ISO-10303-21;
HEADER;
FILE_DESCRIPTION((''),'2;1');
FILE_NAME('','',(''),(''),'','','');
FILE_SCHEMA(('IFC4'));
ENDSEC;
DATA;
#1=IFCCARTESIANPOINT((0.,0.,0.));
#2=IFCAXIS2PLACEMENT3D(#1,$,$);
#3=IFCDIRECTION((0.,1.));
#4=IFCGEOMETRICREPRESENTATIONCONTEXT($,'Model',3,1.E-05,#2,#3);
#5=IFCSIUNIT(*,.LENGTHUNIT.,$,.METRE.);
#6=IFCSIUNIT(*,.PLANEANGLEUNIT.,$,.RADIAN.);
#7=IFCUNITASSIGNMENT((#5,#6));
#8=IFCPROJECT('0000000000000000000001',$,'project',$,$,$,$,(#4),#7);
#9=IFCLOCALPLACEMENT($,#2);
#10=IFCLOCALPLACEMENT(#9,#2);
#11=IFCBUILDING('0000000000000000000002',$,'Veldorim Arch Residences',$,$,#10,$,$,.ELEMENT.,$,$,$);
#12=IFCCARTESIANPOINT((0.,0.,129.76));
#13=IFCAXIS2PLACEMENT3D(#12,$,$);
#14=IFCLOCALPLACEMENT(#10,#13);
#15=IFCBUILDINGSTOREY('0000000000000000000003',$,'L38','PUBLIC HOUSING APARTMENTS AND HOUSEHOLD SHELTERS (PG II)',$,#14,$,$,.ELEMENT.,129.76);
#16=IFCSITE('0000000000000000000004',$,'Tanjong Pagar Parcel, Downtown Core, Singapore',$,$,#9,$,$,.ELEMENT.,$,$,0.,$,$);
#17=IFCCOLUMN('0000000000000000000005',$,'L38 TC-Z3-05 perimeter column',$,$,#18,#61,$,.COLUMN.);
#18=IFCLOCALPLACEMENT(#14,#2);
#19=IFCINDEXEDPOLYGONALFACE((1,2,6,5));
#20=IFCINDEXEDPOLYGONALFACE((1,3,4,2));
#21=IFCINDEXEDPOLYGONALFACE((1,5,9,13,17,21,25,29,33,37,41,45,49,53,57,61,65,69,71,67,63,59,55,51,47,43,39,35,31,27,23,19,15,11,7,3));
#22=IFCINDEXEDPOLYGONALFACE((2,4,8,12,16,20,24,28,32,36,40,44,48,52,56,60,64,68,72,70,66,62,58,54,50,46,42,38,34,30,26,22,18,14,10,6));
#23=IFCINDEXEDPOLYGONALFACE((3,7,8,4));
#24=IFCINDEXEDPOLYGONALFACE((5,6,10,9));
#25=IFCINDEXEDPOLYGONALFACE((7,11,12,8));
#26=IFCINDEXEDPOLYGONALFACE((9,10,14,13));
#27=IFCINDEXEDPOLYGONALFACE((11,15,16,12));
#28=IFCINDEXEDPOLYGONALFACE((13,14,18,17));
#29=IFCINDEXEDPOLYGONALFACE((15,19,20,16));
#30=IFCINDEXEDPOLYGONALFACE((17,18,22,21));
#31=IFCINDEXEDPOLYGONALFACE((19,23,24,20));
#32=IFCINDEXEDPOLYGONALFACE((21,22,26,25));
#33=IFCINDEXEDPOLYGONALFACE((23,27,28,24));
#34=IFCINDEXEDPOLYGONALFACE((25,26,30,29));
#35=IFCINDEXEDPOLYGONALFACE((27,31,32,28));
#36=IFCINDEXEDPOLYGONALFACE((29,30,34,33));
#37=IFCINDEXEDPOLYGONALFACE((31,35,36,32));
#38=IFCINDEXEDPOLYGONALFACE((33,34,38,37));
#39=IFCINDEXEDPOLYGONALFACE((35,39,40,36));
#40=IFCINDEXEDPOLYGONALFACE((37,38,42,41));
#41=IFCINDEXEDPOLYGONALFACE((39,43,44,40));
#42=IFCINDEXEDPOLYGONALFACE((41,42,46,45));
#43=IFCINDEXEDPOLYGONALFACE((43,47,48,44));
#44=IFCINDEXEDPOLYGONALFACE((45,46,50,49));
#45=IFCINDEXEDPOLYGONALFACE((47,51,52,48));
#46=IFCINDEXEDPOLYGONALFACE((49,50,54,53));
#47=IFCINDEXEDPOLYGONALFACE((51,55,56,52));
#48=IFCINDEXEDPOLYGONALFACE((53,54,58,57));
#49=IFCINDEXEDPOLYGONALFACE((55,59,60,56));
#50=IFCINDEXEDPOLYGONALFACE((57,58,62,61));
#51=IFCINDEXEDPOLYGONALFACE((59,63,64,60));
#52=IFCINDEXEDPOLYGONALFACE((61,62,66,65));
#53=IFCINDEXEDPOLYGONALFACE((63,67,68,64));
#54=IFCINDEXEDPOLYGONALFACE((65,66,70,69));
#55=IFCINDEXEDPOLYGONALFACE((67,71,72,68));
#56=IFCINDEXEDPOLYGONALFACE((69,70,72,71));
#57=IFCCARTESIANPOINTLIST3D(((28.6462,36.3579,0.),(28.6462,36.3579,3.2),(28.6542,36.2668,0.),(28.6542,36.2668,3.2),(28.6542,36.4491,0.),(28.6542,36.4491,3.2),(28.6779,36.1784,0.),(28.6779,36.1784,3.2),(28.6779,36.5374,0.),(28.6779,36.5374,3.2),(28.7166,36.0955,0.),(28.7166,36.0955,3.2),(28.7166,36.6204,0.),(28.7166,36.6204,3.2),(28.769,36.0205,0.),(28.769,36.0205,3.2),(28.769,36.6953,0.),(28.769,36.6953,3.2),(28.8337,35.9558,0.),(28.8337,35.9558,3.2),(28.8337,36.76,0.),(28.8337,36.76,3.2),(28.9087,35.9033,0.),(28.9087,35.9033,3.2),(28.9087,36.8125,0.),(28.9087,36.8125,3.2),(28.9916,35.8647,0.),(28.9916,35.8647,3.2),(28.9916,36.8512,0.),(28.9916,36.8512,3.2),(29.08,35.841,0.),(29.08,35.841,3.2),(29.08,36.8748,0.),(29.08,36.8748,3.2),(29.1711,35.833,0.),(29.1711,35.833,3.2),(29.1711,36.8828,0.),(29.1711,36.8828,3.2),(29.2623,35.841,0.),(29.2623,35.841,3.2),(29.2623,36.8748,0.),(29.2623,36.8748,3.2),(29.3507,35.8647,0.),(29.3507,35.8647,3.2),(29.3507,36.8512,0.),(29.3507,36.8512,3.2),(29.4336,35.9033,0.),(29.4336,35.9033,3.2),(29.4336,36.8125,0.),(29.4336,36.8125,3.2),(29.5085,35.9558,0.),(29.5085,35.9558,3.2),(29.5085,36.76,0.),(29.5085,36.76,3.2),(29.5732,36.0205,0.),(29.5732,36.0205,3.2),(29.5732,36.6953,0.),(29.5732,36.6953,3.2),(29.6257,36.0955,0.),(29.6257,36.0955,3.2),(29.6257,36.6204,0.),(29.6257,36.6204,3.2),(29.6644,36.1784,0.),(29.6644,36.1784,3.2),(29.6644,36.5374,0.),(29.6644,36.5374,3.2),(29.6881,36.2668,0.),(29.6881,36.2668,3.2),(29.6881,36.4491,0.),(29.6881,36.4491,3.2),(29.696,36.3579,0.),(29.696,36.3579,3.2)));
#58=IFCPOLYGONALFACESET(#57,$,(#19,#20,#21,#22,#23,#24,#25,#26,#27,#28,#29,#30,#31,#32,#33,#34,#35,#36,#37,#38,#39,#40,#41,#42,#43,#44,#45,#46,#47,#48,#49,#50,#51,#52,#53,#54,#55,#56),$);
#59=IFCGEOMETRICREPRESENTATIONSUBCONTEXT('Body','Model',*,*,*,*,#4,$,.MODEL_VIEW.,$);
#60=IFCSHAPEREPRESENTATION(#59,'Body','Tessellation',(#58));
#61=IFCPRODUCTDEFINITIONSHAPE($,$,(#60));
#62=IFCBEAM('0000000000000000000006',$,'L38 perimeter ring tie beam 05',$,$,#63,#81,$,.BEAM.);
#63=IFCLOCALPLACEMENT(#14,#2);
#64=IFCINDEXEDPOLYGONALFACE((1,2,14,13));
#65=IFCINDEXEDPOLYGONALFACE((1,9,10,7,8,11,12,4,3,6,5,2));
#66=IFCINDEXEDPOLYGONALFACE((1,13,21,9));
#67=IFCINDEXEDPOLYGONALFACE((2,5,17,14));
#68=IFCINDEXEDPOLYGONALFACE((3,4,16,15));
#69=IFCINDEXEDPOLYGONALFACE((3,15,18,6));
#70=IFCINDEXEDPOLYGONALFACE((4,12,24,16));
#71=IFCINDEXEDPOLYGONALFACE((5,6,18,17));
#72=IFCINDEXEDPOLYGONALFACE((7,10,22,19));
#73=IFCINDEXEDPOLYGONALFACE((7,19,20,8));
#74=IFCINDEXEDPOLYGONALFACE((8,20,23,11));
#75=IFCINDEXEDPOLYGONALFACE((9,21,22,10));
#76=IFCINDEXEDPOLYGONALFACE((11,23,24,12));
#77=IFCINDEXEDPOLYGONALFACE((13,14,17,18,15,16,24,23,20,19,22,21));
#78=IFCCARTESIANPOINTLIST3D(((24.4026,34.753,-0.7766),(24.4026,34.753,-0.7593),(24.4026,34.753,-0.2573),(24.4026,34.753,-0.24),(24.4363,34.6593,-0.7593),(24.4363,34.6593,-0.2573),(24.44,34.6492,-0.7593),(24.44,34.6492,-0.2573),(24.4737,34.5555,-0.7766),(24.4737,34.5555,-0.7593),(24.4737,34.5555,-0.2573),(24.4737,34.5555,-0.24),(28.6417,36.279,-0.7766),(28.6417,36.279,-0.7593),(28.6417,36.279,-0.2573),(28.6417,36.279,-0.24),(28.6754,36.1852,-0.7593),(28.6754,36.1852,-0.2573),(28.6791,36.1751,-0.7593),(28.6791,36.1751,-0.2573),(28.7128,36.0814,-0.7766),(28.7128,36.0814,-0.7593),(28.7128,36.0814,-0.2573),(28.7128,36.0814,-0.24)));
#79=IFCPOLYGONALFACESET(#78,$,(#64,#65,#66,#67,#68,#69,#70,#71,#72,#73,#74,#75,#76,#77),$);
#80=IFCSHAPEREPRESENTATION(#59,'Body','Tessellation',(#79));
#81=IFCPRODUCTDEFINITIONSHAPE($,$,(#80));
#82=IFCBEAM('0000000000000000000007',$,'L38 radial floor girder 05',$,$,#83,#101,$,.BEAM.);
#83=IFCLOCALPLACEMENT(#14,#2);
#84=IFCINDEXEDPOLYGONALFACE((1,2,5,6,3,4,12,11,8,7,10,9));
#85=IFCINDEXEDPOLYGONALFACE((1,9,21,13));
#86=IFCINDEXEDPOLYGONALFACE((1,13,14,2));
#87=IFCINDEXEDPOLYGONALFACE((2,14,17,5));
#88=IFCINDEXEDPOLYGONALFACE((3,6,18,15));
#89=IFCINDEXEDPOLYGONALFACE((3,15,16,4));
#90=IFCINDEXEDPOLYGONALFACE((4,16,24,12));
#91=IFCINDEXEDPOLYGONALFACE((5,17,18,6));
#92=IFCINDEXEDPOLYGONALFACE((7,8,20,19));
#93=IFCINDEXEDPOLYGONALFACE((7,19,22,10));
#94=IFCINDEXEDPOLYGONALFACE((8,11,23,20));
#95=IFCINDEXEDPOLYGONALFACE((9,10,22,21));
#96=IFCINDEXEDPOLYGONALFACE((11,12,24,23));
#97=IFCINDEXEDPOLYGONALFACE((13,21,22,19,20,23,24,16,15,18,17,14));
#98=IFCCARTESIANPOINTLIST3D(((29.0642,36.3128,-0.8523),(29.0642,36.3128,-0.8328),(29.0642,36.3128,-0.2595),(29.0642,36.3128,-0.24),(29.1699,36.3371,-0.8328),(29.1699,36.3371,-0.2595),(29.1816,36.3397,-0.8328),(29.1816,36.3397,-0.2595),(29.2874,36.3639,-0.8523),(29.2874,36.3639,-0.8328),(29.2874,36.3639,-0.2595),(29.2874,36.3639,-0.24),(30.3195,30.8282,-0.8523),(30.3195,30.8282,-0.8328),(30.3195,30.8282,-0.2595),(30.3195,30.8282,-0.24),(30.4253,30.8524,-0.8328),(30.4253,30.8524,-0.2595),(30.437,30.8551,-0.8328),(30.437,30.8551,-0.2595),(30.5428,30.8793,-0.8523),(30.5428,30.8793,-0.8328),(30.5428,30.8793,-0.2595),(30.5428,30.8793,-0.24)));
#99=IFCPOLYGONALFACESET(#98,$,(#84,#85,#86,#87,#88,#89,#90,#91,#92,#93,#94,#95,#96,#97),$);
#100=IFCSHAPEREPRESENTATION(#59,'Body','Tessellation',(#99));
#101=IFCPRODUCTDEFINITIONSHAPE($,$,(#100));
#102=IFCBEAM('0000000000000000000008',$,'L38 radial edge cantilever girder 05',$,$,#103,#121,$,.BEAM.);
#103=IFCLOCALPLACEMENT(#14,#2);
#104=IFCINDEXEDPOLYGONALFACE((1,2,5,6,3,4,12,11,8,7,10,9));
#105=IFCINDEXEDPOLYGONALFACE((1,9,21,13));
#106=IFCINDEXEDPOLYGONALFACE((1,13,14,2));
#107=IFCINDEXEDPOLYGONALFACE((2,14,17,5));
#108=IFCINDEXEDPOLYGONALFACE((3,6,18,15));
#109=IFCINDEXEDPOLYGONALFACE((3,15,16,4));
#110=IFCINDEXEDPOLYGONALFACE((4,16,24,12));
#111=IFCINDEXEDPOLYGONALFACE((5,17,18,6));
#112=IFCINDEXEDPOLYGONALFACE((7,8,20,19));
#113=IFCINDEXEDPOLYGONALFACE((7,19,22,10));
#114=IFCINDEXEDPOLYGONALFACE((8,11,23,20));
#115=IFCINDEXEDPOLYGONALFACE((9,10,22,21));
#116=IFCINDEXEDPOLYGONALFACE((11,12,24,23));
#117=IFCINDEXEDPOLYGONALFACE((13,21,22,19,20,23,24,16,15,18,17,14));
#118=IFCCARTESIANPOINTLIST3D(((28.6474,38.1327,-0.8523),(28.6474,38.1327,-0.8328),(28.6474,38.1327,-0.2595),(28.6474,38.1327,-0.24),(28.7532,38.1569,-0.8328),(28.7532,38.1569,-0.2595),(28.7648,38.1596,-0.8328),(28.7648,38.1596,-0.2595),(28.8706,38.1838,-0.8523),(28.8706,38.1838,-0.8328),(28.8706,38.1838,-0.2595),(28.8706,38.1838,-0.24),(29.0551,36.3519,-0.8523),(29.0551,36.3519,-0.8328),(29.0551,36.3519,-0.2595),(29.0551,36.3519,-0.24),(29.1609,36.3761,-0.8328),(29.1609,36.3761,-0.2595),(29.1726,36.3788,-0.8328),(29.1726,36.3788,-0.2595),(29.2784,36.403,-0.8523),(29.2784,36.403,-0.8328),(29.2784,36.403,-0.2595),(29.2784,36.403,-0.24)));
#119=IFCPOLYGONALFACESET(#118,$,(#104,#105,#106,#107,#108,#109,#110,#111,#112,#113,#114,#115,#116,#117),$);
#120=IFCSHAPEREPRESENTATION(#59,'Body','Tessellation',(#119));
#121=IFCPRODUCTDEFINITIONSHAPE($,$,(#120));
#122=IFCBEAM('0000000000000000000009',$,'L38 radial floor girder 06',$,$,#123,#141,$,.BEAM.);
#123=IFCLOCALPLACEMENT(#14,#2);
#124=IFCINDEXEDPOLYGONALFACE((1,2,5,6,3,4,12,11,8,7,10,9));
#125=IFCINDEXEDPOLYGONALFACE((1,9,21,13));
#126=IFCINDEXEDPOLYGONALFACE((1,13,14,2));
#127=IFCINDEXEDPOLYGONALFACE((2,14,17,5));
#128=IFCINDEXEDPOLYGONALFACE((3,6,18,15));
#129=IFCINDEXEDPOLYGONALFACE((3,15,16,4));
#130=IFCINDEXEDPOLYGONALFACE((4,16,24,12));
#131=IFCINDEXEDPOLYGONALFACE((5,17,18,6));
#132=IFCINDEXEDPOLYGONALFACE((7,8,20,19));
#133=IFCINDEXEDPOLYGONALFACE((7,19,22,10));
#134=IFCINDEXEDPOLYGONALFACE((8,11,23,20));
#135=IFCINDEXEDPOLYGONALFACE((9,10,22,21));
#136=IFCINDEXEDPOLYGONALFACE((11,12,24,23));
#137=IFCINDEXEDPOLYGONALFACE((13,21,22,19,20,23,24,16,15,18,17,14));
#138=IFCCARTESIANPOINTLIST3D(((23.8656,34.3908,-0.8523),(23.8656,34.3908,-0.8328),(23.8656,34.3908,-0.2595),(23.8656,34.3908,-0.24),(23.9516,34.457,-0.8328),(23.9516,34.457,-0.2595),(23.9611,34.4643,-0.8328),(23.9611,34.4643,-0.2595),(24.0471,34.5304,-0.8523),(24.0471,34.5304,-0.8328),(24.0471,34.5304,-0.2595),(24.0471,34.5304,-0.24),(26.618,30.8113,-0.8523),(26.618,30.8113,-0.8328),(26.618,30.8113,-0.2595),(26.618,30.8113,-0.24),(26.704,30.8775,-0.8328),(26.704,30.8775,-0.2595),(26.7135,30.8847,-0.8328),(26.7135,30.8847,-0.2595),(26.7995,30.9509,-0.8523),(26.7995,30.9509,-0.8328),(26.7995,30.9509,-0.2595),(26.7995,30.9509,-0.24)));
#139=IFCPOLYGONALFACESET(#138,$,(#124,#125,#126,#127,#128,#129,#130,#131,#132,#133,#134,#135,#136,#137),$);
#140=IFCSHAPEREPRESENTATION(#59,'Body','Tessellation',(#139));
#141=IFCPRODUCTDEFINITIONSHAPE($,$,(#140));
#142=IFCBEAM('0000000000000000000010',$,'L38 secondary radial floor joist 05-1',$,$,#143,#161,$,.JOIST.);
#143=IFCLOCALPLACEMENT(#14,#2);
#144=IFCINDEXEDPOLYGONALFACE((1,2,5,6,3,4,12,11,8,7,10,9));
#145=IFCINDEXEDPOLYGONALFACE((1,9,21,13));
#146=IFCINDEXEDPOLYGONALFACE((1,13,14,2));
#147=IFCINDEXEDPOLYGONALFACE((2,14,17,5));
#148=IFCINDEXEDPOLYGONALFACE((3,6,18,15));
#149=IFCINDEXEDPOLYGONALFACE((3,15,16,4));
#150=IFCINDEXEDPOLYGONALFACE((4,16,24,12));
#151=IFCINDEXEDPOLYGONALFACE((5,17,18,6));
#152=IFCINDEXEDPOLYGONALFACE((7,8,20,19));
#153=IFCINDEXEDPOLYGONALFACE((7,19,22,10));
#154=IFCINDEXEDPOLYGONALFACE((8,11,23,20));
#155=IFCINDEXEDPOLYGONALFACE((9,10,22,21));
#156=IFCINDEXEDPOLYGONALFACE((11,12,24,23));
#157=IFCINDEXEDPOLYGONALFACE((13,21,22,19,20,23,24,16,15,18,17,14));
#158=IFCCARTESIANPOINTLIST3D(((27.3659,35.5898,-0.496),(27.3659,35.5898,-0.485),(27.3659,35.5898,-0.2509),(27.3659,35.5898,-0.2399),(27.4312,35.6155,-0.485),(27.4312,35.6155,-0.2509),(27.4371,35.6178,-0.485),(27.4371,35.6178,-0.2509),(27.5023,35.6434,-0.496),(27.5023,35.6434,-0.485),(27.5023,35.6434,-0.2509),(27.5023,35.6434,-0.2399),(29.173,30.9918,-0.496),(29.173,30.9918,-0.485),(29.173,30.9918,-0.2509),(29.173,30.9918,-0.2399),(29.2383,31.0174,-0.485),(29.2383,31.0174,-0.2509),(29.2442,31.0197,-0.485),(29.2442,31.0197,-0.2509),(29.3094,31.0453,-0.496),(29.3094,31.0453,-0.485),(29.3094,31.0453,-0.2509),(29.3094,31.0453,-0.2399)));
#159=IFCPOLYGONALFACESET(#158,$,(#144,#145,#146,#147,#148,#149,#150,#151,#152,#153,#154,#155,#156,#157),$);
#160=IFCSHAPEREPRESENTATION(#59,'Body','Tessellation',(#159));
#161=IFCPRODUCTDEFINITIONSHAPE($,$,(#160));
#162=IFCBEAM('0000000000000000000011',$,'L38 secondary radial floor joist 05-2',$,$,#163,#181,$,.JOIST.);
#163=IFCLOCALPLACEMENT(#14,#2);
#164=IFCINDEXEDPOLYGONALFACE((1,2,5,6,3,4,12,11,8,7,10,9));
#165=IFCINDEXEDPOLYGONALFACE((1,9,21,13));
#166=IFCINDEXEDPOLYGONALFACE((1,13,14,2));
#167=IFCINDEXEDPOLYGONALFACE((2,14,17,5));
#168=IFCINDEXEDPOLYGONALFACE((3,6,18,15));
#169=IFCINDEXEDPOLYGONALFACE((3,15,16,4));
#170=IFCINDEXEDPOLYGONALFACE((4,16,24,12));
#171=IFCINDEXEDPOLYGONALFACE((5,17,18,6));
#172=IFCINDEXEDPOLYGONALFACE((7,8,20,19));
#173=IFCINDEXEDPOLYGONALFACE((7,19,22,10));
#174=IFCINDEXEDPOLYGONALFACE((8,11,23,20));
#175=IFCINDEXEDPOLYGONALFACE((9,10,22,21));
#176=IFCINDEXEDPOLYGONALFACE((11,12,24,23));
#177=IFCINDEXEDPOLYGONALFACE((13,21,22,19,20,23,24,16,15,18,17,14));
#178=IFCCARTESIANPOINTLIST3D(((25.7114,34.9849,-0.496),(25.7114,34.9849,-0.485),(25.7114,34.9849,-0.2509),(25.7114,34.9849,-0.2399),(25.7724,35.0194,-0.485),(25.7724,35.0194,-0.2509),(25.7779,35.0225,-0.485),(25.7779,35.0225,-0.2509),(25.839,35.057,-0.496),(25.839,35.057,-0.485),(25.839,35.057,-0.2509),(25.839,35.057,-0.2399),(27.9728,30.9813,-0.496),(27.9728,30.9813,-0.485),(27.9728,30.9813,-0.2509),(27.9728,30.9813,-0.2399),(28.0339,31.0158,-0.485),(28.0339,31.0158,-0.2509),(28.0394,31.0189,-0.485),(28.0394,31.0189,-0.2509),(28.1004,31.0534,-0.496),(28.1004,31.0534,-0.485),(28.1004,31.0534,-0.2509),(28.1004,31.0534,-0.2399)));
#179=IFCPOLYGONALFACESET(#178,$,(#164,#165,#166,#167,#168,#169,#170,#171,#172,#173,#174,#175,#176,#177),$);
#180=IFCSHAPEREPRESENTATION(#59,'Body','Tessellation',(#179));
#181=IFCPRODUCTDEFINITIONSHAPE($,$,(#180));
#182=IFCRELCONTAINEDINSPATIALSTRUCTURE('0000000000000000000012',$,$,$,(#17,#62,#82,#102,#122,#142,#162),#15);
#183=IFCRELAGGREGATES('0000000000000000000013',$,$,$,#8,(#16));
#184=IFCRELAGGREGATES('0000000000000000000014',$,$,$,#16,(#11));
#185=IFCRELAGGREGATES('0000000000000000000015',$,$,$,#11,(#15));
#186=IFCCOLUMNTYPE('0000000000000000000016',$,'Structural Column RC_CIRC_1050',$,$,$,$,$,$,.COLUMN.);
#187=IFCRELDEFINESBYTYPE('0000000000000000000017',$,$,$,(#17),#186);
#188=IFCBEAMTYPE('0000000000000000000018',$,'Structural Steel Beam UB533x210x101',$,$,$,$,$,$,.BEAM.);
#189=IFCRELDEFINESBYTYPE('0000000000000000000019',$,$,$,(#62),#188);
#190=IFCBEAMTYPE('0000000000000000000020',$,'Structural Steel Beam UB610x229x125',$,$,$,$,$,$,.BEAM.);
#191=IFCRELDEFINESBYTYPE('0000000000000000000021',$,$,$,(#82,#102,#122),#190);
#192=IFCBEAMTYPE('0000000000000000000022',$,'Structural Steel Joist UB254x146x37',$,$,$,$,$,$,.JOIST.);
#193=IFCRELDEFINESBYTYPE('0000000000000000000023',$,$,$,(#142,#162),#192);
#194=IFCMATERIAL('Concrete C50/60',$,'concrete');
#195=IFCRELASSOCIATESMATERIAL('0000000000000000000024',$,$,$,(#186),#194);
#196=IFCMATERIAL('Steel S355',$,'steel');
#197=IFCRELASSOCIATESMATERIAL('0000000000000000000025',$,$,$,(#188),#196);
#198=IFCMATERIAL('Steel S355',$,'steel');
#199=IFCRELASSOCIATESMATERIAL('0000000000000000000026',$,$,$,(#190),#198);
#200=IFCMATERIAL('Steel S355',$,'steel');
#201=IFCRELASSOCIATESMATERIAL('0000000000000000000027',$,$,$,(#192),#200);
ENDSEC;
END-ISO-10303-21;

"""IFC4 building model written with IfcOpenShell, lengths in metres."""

from ifc_helpers import new_model, si_unit, direction, frame, origin, origin_2d, place, context, subcontext, project, spatial, circle, i_section, extrude, material, material_profile, profile_set, type_object, element, save


model = new_model("IFC4")

# Units and contexts
model_context = context("Model", 3, precision=1e-05, world=origin(), true_north=direction((0.0, 1.0)))
body_context = subcontext(model_context, "Body", "Model", "MODEL_VIEW")
ifc_project = project(units=[si_unit("LENGTHUNIT", "METRE"), si_unit("PLANEANGLEUNIT", "RADIAN")], contexts=[model_context])

# Site, building, storey
site_placement = place(None, origin())
site = spatial("IfcSite", under=ifc_project, at=site_placement, Name="Tanjong Pagar Parcel, Downtown Core, Singapore", CompositionType="ELEMENT", RefElevation=0.0)
building_placement = place(site_placement, origin())
building = spatial("IfcBuilding", under=site, at=building_placement, Name="Veldorim Arch Residences", CompositionType="ELEMENT")
storey_placement = place(building_placement, frame((0.0, 0.0, 129.76)))
storey = spatial("IfcBuildingStorey", under=building, at=storey_placement, Name="L38", Description="PUBLIC HOUSING APARTMENTS AND HOUSEHOLD SHELTERS (PG II)", CompositionType="ELEMENT", Elevation=129.76)

# Column
ifc_material_1 = material(Name="Concrete C50/60", Category="concrete")
ifc_material_profile_1 = material_profile(ifc_material_1, circle(Radius=0.5249, at=origin_2d()), Name="RC_CIRC_1050")
ifc_profile_set_1 = profile_set([ifc_material_profile_1], Name="Concrete C50/60")
column_type = type_object("IfcColumnType", Name="Structural Column RC_CIRC_1050", PredefinedType="COLUMN", material=ifc_profile_set_1)
column_placement = place(storey_placement, frame((29.1711, 36.3579, 0.0), z_axis=(0.0, 0.0, 1.0), x_axis=(1.0, 0.0, 0.0)))
element("IfcColumn", 1, at=column_placement, inside=storey, type_object=column_type, Name="L38 TC-Z3-05 perimeter column", PredefinedType="COLUMN", context=body_context, shape_type="SweptSolid", body=[
    extrude(circle(Radius=0.5249, at=origin_2d()), origin(), (0.0, 0.0, 1.0), 3.2),
])

# Beams
ifc_material_2 = material(Name="Steel S355", Category="steel")
ifc_material_profile_2 = material_profile(ifc_material_2, i_section(OverallWidth=0.21, OverallDepth=0.5366, WebThickness=0.0107, FlangeThickness=0.0173, at=origin_2d()), Name="UB533x210x101")
ifc_profile_set_2 = profile_set([ifc_material_profile_2], Name="Steel S355")
beam_type_1 = type_object("IfcBeamType", Name="Structural Steel Beam UB533x210x101", PredefinedType="BEAM", material=ifc_profile_set_2)
beam_1_placement = place(storey_placement, frame((28.6772, 36.1802, -0.5083), z_axis=(-0.940899, -0.338687, 0.0), x_axis=(0.338687, -0.940899, 0.0)))
element("IfcBeam", 2, at=beam_1_placement, inside=storey, type_object=beam_type_1, Name="L38 perimeter ring tie beam 05", PredefinedType="BEAM", context=body_context, shape_type="SweptSolid", body=[
    extrude(i_section(OverallWidth=0.21, OverallDepth=0.5366, WebThickness=0.0107, FlangeThickness=0.0173, at=origin_2d()), origin(), (0.0, 0.0, 1.0), 4.5054),
])
ifc_material_3 = material(Name="Steel S355", Category="steel")
ifc_material_profile_3 = material_profile(ifc_material_3, i_section(OverallWidth=0.229, OverallDepth=0.6123, WebThickness=0.012, FlangeThickness=0.0195, at=origin_2d()), Name="UB610x229x125")
ifc_profile_set_3 = profile_set([ifc_material_profile_3], Name="Steel S355")
beam_type_2 = type_object("IfcBeamType", Name="Structural Steel Beam UB610x229x125", PredefinedType="BEAM", material=ifc_profile_set_3)
beam_2_placement = place(storey_placement, frame((30.4312, 30.8538, -0.5461), z_axis=(-0.223119, 0.974791, 0.0), x_axis=(-0.974791, -0.223119, 0.0)))
element("IfcBeam", 3, at=beam_2_placement, inside=storey, type_object=beam_type_2, Name="L38 radial floor girder 05", PredefinedType="BEAM", context=body_context, shape_type="SweptSolid", body=[
    extrude(i_section(OverallWidth=0.229, OverallDepth=0.6123, WebThickness=0.012, FlangeThickness=0.0195, at=origin_2d()), origin(), (0.0, 0.0, 1.0), 5.6265),
])
beam_3_placement = place(storey_placement, frame((29.1667, 36.3774, -0.5461), z_axis=(-0.22318, 0.974777, 0.0), x_axis=(-0.974777, -0.22318, 0.0)))
element("IfcBeam", 4, at=beam_3_placement, inside=storey, type_object=beam_type_2, Name="L38 radial edge cantilever girder 05", PredefinedType="BEAM", context=body_context, shape_type="SweptSolid", body=[
    extrude(i_section(OverallWidth=0.229, OverallDepth=0.6123, WebThickness=0.012, FlangeThickness=0.0195, at=origin_2d()), origin(), (0.0, 0.0, 1.0), 1.8269),
])
beam_4_placement = place(storey_placement, frame((26.7087, 30.8811, -0.5461), z_axis=(-0.609559, 0.792741, 0.0), x_axis=(-0.792741, -0.609559, 0.0)))
element("IfcBeam", 5, at=beam_4_placement, inside=storey, type_object=beam_type_2, Name="L38 radial floor girder 06", PredefinedType="BEAM", context=body_context, shape_type="SweptSolid", body=[
    extrude(i_section(OverallWidth=0.229, OverallDepth=0.6123, WebThickness=0.012, FlangeThickness=0.0195, at=origin_2d()), origin(), (0.0, 0.0, 1.0), 4.5154),
])
ifc_material_4 = material(Name="Steel S355", Category="steel")
ifc_material_profile_4 = material_profile(ifc_material_4, i_section(OverallWidth=0.1465, OverallDepth=0.2561, WebThickness=0.0063, FlangeThickness=0.011, at=origin_2d()), Name="UB254x146x37")
ifc_profile_set_4 = profile_set([ifc_material_profile_4], Name="Steel S355")
beam_type_3 = type_object("IfcBeamType", Name="Structural Steel Joist UB254x146x37", PredefinedType="JOIST", material=ifc_profile_set_4)
beam_5_placement = place(storey_placement, frame((29.2412, 31.0186, -0.3679), z_axis=(-0.365778, 0.930702, 0.0), x_axis=(-0.930702, -0.365778, 0.0)))
element("IfcBeam", 6, at=beam_5_placement, inside=storey, type_object=beam_type_3, Name="L38 secondary radial floor joist 05-1", PredefinedType="JOIST", context=body_context, shape_type="SweptSolid", body=[
    extrude(i_section(OverallWidth=0.1465, OverallDepth=0.2561, WebThickness=0.0063, FlangeThickness=0.011, at=origin_2d()), origin(), (0.0, 0.0, 1.0), 4.9404),
])
beam_6_placement = place(storey_placement, frame((28.0366, 31.0173, -0.3679), z_axis=(-0.491816, 0.870699, 0.0), x_axis=(-0.870699, -0.491816, 0.0)))
element("IfcBeam", 7, at=beam_6_placement, inside=storey, type_object=beam_type_3, Name="L38 secondary radial floor joist 05-2", PredefinedType="JOIST", context=body_context, shape_type="SweptSolid", body=[
    extrude(i_section(OverallWidth=0.1465, OverallDepth=0.2561, WebThickness=0.0063, FlangeThickness=0.011, at=origin_2d()), origin(), (0.0, 0.0, 1.0), 4.5981),
])

save(model, "model.ifc")
